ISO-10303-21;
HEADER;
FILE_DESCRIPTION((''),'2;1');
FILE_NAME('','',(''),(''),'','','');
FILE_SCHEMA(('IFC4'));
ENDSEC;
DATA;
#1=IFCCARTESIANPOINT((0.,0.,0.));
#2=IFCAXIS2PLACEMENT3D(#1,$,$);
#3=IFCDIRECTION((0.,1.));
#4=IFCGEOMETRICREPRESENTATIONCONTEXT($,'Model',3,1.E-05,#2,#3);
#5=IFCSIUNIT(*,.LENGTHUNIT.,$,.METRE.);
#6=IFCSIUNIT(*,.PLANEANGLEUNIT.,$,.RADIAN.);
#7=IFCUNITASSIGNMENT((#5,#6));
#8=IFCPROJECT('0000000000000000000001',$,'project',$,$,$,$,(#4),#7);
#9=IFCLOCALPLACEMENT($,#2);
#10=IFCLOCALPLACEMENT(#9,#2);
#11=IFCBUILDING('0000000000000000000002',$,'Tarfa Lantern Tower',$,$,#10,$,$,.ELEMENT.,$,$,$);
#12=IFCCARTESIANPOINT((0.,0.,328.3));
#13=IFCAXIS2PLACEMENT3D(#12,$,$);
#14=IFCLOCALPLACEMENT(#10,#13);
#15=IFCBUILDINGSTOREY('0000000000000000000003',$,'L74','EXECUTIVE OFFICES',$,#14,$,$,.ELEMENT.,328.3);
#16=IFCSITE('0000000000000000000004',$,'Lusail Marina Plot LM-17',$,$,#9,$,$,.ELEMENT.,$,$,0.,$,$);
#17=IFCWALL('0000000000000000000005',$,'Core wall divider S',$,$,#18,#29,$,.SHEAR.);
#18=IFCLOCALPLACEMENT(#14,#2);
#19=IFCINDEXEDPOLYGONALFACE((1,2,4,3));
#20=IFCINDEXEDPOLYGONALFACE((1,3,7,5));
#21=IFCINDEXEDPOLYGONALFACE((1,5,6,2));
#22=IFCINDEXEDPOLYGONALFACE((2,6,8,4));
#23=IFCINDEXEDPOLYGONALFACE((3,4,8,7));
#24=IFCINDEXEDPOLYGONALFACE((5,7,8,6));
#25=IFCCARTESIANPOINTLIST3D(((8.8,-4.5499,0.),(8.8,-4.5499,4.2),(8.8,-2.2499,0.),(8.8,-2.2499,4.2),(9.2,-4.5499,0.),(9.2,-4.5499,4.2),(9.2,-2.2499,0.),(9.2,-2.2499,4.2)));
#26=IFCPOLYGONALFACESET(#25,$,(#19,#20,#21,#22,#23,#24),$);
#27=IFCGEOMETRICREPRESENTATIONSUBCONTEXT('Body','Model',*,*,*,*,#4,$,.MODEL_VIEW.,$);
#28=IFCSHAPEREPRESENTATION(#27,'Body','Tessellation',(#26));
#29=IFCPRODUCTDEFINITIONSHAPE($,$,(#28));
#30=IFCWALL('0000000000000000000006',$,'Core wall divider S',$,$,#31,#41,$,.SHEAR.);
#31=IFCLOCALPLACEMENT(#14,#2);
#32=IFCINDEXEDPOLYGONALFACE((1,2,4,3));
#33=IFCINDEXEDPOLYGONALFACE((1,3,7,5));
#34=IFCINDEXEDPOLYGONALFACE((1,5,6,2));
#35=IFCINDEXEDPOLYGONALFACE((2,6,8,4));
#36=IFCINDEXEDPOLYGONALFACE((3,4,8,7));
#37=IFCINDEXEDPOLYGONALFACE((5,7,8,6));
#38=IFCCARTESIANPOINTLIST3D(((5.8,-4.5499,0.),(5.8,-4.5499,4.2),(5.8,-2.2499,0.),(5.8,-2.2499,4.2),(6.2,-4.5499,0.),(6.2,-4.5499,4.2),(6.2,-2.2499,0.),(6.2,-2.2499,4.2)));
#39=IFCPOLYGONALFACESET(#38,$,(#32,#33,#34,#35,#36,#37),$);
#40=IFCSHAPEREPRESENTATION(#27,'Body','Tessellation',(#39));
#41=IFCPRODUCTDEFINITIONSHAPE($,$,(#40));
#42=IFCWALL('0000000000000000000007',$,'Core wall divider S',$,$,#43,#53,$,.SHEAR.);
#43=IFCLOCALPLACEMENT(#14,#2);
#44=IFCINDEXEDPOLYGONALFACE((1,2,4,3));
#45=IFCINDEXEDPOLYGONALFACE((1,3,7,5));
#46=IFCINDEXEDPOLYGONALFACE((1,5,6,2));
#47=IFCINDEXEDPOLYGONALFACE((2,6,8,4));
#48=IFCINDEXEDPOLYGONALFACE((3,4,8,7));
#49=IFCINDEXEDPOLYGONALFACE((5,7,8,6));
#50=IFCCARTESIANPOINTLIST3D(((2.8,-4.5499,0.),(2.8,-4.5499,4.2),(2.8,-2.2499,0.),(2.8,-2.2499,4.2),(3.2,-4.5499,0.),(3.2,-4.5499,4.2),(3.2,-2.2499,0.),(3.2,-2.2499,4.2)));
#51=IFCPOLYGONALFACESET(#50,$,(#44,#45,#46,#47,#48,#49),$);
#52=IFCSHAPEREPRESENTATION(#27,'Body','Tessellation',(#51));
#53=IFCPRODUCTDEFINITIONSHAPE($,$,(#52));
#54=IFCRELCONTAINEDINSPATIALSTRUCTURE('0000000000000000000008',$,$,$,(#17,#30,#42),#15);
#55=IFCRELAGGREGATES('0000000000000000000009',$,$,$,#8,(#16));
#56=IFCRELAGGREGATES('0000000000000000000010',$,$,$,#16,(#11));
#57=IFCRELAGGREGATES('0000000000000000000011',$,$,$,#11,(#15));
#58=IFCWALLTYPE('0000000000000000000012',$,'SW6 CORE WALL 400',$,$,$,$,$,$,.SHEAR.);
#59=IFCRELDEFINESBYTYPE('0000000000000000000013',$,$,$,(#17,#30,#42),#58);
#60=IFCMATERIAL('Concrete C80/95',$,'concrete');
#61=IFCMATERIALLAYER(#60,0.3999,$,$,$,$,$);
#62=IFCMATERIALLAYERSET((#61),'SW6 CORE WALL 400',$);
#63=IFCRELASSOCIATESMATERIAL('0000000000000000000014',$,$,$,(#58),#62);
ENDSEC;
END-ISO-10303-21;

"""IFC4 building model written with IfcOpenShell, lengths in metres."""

from ifc_helpers import new_model, si_unit, direction, frame, frame_2d, origin, place, context, subcontext, project, spatial, rectangle, extrude, material, layer, layer_set, type_object, element, save


model = new_model("IFC4")

# Units and contexts
model_context = context("Model", 3, precision=1e-05, world=origin(), true_north=direction((0.0, 1.0)))
body_context = subcontext(model_context, "Body", "Model", "MODEL_VIEW")
ifc_project = project(units=[si_unit("LENGTHUNIT", "METRE"), si_unit("PLANEANGLEUNIT", "RADIAN")], contexts=[model_context])

# Site, building, storey
site_placement = place(None, origin())
site = spatial("IfcSite", under=ifc_project, at=site_placement, Name="Lusail Marina Plot LM-17", CompositionType="ELEMENT", RefElevation=0.0)
building_placement = place(site_placement, origin())
building = spatial("IfcBuilding", under=site, at=building_placement, Name="Tarfa Lantern Tower", CompositionType="ELEMENT")
storey_placement = place(building_placement, frame((0.0, 0.0, 328.3)))
storey = spatial("IfcBuildingStorey", under=building, at=storey_placement, Name="L74", Description="EXECUTIVE OFFICES", CompositionType="ELEMENT", Elevation=328.3)

# Shared definitions
ifc_material_1 = material(Name="Concrete C80/95", Category="concrete")

# Walls
ifc_layer_1 = layer(ifc_material_1, 0.3999)
ifc_layer_set_1 = layer_set([ifc_layer_1], Name="SW6 CORE WALL 400")
wall_type_1 = type_object("IfcWallType", Name="SW6 CORE WALL 400", PredefinedType="SHEAR", material=ifc_layer_set_1)
for number, where, z_axis, x_axis, name in (
    (1, (9.0, -2.25, 0.0), (0.0, 0.0, 1.0), (0.0, -1.0, 0.0), "Core wall divider S"),
    (2, (6.0, -2.25, 0.0), (0.0, 0.0, 1.0), (0.0, -1.0, 0.0), "Core wall divider S"),
    (3, (3.0, -2.25, 0.0), (0.0, 0.0, 1.0), (0.0, -1.0, 0.0), "Core wall divider S"),
):
    element("IfcWall", number, at=place(storey_placement, frame(where, z_axis=z_axis, x_axis=x_axis)), inside=storey, type_object=wall_type_1, Name=name, PredefinedType="SHEAR", context=body_context, shape_type="SweptSolid", body=[
        extrude(rectangle(XDim=2.3, YDim=0.3999, at=frame_2d((1.1499, 0.0))), origin(), (0.0, 0.0, 1.0), 4.2),
    ])

save(model, "model.ifc")
